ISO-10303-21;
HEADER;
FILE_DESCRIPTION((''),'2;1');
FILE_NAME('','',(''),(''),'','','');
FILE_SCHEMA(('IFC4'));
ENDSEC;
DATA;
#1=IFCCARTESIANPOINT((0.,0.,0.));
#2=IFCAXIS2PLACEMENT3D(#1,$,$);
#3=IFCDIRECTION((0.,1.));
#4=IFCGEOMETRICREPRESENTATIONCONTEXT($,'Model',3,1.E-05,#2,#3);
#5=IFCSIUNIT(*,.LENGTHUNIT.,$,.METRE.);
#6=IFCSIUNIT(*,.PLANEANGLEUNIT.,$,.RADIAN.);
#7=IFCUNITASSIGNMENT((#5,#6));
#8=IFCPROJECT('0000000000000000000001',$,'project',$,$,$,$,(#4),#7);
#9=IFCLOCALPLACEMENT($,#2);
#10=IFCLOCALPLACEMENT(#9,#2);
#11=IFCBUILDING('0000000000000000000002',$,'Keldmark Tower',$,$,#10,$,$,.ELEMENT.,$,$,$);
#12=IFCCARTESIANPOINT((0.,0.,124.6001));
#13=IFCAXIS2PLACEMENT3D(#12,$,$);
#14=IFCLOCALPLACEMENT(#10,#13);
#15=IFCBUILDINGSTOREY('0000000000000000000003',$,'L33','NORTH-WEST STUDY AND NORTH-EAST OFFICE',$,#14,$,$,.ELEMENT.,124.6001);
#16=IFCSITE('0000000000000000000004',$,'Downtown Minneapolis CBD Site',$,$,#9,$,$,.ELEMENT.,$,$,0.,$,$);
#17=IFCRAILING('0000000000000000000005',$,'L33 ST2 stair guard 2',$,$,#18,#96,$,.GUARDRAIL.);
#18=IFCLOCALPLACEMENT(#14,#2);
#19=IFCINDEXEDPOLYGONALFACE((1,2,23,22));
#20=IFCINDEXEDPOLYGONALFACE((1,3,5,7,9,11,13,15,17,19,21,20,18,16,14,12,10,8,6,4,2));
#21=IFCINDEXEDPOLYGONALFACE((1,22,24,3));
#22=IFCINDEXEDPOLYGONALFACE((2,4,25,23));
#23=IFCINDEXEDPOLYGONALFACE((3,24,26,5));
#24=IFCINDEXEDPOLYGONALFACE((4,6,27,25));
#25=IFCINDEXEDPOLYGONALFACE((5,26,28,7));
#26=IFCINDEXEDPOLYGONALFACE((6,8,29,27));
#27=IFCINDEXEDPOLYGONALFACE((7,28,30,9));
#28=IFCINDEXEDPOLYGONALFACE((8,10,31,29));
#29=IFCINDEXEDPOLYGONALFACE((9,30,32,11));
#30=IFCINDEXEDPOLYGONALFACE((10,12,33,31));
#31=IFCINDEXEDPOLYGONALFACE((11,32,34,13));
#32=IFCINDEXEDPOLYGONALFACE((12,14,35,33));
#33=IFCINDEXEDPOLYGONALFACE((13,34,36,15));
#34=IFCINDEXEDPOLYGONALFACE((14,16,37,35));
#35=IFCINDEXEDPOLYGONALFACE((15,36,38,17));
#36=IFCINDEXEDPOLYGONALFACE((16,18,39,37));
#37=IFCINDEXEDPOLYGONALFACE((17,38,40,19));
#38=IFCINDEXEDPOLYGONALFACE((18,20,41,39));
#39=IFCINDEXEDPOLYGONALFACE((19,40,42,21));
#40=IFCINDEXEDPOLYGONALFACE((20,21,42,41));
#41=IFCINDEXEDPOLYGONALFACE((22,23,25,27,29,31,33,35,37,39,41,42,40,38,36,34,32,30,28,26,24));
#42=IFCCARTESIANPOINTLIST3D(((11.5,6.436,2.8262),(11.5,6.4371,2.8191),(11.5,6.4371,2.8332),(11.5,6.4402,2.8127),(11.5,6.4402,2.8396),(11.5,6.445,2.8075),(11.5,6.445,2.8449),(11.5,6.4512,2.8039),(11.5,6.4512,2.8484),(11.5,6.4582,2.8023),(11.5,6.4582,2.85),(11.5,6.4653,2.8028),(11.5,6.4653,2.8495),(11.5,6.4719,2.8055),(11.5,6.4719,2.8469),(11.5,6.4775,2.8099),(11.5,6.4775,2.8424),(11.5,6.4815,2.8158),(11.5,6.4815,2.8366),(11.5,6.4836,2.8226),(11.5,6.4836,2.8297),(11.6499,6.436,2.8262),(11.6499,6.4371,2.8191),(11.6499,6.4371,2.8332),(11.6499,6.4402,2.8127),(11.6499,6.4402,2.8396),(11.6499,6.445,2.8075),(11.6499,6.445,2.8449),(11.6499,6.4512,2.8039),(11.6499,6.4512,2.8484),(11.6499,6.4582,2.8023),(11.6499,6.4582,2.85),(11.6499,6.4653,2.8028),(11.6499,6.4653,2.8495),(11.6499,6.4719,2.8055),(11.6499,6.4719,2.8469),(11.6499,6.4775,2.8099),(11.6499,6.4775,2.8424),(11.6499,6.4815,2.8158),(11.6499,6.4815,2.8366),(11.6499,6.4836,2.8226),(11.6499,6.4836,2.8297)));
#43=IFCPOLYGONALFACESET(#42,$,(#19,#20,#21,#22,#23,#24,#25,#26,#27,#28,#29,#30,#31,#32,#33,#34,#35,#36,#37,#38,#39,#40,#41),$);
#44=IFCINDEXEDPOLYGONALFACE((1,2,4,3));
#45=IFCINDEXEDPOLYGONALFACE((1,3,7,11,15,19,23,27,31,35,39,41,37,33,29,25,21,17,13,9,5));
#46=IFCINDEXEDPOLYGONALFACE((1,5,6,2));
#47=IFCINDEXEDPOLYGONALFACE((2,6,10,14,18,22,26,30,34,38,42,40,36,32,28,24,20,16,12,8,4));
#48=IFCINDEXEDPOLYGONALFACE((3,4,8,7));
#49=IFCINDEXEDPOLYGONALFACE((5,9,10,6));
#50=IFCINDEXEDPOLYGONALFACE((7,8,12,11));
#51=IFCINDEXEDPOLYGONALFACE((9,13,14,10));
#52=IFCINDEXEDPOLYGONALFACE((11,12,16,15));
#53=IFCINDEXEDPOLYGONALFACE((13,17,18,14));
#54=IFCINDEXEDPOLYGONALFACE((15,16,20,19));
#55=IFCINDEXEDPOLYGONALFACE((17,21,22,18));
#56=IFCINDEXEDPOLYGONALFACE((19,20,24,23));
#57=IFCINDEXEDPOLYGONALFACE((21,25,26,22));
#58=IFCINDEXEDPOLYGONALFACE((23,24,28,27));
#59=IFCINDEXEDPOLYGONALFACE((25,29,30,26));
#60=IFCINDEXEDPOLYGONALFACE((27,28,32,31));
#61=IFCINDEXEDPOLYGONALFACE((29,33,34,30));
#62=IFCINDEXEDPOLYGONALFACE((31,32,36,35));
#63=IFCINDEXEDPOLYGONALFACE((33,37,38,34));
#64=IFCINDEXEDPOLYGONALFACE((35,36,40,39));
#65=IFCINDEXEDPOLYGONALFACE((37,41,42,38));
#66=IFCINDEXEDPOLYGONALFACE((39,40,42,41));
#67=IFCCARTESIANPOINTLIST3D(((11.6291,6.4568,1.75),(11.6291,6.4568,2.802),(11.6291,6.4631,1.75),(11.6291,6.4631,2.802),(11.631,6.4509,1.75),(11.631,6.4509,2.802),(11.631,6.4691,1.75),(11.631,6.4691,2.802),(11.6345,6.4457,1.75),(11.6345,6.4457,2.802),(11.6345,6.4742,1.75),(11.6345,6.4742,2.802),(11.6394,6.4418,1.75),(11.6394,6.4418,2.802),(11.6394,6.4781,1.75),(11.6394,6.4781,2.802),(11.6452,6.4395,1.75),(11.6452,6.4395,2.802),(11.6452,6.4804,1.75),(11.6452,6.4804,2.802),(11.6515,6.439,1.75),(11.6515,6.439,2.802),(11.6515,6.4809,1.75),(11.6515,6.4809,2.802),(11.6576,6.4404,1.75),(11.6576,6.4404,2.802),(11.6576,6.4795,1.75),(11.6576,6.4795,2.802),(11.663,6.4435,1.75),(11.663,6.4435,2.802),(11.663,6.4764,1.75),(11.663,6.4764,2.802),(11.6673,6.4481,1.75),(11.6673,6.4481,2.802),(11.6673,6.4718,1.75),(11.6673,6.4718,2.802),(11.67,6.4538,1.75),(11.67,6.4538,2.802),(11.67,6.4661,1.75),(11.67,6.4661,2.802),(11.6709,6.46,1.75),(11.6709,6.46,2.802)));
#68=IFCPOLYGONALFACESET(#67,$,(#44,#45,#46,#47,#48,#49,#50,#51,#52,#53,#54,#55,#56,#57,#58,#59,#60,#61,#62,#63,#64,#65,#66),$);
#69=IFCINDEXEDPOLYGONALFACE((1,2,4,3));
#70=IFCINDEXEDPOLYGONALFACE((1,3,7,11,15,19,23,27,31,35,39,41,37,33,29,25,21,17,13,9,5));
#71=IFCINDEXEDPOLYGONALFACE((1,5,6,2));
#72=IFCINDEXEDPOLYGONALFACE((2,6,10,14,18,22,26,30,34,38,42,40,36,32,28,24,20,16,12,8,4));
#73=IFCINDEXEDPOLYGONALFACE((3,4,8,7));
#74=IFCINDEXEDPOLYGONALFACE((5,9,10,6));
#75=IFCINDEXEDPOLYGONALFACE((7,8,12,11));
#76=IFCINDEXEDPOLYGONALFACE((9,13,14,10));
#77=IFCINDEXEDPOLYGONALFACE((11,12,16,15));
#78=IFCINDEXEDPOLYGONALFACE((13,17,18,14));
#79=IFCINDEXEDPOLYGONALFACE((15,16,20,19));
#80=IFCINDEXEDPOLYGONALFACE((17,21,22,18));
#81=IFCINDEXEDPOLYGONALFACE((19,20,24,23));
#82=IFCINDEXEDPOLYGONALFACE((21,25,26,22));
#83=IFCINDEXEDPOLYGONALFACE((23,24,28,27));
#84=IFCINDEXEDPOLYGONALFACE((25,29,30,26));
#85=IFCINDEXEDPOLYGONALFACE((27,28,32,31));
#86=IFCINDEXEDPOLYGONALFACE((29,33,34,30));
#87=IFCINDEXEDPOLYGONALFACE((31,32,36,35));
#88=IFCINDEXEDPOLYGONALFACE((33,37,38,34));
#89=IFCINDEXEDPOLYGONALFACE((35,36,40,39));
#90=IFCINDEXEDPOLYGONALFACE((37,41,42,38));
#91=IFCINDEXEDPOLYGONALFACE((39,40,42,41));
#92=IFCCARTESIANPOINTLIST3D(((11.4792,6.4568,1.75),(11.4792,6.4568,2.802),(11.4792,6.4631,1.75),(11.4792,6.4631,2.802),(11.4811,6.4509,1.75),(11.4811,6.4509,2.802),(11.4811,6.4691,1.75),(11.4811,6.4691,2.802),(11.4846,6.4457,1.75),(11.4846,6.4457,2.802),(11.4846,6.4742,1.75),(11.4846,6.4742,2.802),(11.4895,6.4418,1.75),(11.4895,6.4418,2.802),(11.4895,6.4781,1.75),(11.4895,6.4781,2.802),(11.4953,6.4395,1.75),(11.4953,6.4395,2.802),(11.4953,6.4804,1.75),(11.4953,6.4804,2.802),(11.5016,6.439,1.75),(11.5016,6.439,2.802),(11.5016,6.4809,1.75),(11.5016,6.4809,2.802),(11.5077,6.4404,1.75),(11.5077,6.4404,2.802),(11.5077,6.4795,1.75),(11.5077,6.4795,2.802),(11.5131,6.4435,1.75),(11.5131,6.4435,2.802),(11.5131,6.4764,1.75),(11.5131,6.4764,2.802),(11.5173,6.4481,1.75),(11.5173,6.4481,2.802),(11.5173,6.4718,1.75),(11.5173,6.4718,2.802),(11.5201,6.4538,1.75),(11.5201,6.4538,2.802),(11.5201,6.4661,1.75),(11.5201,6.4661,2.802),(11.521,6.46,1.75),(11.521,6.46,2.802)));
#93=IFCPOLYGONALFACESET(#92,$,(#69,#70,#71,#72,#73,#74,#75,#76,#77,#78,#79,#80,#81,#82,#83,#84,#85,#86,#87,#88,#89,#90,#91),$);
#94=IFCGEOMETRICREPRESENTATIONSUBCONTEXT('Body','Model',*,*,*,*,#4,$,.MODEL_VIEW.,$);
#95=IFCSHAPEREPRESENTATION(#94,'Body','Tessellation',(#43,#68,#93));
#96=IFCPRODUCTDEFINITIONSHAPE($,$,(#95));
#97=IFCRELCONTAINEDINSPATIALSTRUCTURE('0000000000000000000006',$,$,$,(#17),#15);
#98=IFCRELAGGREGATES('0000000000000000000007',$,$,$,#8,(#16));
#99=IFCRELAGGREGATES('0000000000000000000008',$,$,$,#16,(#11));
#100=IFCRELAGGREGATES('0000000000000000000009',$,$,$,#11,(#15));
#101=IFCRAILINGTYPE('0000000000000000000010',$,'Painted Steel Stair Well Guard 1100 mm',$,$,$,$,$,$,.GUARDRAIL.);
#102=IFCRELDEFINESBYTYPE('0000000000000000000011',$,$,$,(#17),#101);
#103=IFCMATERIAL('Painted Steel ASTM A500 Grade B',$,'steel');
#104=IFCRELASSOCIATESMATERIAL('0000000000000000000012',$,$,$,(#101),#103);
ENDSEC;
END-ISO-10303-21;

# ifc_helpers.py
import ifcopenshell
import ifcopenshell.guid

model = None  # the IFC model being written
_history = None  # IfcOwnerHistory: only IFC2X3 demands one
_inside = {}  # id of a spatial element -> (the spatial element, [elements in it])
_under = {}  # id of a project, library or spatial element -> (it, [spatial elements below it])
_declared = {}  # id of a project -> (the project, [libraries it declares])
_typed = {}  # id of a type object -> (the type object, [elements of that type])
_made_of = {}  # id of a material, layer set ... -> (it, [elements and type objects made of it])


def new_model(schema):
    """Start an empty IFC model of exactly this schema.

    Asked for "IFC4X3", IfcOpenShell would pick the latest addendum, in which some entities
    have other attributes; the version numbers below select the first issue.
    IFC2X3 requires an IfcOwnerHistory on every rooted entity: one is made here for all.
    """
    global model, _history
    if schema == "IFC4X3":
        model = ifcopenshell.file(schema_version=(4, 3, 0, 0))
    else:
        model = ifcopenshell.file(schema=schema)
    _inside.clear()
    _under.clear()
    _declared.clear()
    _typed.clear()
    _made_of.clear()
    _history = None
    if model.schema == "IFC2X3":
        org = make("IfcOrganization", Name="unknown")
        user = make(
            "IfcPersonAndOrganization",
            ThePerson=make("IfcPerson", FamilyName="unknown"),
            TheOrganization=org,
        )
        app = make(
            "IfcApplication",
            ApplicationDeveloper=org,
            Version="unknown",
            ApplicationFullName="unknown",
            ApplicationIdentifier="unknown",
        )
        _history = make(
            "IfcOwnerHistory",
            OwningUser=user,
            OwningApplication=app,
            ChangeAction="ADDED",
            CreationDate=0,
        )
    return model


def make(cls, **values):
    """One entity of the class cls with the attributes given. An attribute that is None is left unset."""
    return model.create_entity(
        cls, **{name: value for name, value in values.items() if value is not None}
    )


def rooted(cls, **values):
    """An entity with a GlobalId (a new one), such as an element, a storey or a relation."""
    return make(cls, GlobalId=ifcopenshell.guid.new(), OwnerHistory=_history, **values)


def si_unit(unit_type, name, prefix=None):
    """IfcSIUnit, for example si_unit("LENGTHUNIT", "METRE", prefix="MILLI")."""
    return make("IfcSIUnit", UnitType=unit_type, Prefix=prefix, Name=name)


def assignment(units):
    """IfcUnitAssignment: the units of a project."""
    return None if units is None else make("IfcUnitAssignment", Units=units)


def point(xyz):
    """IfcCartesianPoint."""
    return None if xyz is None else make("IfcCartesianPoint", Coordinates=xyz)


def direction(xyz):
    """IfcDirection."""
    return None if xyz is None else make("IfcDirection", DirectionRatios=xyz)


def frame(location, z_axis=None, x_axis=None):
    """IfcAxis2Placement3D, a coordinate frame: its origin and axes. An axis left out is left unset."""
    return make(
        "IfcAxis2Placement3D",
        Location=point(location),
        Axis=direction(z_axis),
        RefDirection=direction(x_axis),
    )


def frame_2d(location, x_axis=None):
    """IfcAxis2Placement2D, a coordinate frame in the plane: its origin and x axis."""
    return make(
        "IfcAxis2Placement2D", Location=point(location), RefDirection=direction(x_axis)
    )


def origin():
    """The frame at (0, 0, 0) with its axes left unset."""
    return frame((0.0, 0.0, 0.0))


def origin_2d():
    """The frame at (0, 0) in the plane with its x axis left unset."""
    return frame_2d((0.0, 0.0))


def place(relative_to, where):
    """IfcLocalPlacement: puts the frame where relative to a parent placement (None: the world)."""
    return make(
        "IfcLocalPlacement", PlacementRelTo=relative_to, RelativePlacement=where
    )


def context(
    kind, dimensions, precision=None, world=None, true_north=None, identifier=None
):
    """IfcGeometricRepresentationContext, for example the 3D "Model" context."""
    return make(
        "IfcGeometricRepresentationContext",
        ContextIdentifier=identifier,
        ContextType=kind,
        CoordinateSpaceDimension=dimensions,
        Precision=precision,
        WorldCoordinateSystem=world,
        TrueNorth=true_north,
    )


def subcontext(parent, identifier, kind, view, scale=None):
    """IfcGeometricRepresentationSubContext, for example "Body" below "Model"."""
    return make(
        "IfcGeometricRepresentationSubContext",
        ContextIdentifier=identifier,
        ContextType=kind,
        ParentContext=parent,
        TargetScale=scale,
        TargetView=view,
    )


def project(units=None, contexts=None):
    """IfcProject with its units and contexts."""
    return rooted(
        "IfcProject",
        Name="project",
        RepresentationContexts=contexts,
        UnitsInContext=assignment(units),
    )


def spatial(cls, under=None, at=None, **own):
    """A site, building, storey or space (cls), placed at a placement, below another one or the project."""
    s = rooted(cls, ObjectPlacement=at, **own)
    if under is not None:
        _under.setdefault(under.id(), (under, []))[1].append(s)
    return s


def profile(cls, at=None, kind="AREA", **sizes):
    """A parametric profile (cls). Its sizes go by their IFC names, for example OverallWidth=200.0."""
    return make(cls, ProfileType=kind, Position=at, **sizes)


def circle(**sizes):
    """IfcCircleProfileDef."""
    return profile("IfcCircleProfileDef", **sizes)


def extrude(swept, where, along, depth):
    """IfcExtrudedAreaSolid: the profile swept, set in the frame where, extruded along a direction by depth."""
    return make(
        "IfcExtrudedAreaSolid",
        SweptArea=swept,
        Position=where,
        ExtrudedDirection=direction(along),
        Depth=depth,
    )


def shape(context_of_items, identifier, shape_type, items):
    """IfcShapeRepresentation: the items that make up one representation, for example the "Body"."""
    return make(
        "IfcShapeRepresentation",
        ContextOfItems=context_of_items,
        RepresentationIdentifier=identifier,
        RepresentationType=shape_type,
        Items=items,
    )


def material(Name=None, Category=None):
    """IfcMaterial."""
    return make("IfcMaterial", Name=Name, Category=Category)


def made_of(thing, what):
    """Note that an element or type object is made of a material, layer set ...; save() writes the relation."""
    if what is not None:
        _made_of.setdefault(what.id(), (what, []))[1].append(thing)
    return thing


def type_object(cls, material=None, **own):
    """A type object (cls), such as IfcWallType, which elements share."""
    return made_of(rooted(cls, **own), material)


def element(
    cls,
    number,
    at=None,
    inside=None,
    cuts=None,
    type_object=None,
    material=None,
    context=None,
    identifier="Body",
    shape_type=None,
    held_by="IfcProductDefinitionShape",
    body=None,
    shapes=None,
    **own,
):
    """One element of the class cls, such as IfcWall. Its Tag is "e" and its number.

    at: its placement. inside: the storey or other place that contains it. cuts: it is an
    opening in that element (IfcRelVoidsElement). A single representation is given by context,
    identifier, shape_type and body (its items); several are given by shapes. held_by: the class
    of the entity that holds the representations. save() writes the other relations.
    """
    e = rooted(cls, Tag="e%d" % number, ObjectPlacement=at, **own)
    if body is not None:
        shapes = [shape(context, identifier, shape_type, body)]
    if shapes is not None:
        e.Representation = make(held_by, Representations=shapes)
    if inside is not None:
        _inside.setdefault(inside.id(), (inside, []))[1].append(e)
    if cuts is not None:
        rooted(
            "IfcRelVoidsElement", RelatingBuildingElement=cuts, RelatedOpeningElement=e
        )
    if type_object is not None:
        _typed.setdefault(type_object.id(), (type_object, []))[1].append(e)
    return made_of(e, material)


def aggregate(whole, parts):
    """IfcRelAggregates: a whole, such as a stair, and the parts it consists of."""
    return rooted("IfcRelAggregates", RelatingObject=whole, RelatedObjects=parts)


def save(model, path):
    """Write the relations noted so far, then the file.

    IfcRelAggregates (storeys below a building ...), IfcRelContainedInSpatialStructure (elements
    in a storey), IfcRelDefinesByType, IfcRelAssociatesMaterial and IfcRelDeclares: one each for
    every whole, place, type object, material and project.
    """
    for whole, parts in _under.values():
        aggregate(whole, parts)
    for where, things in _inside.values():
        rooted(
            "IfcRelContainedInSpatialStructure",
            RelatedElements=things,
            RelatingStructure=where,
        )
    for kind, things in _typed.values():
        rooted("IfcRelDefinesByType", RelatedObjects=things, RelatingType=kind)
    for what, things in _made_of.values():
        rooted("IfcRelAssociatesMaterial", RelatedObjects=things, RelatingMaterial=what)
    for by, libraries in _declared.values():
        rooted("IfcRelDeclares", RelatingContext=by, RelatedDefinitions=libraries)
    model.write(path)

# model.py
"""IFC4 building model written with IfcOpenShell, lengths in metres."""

from ifc_helpers import new_model, si_unit, direction, frame, origin, origin_2d, place, context, subcontext, project, spatial, circle, extrude, material, type_object, element, save


model = new_model("IFC4")

# Units and contexts
model_context = context("Model", 3, precision=1e-05, world=origin(), true_north=direction((0.0, 1.0)))
body_context = subcontext(model_context, "Body", "Model", "MODEL_VIEW")
ifc_project = project(units=[si_unit("LENGTHUNIT", "METRE"), si_unit("PLANEANGLEUNIT", "RADIAN")], contexts=[model_context])

# Site, building, storey
site_placement = place(None, origin())
site = spatial("IfcSite", under=ifc_project, at=site_placement, Name="Downtown Minneapolis CBD Site", CompositionType="ELEMENT", RefElevation=0.0)
building_placement = place(site_placement, origin())
building = spatial("IfcBuilding", under=site, at=building_placement, Name="Keldmark Tower", CompositionType="ELEMENT")
storey_placement = place(building_placement, frame((0.0, 0.0, 124.6001)))
storey = spatial("IfcBuildingStorey", under=building, at=storey_placement, Name="L33", Description="NORTH-WEST STUDY AND NORTH-EAST OFFICE", CompositionType="ELEMENT", Elevation=124.6001)

# Railing
ifc_material_1 = material(Name="Painted Steel ASTM A500 Grade B", Category="steel")
railing_type_1 = type_object("IfcRailingType", Name="Painted Steel Stair Well Guard 1100 mm", PredefinedType="GUARDRAIL", material=ifc_material_1)
railing_1_placement = place(storey_placement, frame((11.6499, 6.46, 1.75)))
element("IfcRailing", 1, at=railing_1_placement, inside=storey, type_object=railing_type_1, Name="L33 ST2 stair guard 2", PredefinedType="GUARDRAIL", context=body_context, shape_type="SweptSolid", body=[
    extrude(circle(Radius=0.0239, at=origin_2d()), frame((0.0, 0.0, 1.0762), z_axis=(-1.0, 0.0, 0.0), x_axis=(0.0, -1.0, 0.0)), (0.0, 0.0, 1.0), 0.1499),
    extrude(circle(Radius=0.021, at=origin_2d()), origin(), (0.0, 0.0, 1.0), 1.052),
    extrude(circle(Radius=0.021, at=origin_2d()), frame((-0.1499, 0.0, 0.0)), (0.0, 0.0, 1.0), 1.052),
])

save(model, "model.ifc")
